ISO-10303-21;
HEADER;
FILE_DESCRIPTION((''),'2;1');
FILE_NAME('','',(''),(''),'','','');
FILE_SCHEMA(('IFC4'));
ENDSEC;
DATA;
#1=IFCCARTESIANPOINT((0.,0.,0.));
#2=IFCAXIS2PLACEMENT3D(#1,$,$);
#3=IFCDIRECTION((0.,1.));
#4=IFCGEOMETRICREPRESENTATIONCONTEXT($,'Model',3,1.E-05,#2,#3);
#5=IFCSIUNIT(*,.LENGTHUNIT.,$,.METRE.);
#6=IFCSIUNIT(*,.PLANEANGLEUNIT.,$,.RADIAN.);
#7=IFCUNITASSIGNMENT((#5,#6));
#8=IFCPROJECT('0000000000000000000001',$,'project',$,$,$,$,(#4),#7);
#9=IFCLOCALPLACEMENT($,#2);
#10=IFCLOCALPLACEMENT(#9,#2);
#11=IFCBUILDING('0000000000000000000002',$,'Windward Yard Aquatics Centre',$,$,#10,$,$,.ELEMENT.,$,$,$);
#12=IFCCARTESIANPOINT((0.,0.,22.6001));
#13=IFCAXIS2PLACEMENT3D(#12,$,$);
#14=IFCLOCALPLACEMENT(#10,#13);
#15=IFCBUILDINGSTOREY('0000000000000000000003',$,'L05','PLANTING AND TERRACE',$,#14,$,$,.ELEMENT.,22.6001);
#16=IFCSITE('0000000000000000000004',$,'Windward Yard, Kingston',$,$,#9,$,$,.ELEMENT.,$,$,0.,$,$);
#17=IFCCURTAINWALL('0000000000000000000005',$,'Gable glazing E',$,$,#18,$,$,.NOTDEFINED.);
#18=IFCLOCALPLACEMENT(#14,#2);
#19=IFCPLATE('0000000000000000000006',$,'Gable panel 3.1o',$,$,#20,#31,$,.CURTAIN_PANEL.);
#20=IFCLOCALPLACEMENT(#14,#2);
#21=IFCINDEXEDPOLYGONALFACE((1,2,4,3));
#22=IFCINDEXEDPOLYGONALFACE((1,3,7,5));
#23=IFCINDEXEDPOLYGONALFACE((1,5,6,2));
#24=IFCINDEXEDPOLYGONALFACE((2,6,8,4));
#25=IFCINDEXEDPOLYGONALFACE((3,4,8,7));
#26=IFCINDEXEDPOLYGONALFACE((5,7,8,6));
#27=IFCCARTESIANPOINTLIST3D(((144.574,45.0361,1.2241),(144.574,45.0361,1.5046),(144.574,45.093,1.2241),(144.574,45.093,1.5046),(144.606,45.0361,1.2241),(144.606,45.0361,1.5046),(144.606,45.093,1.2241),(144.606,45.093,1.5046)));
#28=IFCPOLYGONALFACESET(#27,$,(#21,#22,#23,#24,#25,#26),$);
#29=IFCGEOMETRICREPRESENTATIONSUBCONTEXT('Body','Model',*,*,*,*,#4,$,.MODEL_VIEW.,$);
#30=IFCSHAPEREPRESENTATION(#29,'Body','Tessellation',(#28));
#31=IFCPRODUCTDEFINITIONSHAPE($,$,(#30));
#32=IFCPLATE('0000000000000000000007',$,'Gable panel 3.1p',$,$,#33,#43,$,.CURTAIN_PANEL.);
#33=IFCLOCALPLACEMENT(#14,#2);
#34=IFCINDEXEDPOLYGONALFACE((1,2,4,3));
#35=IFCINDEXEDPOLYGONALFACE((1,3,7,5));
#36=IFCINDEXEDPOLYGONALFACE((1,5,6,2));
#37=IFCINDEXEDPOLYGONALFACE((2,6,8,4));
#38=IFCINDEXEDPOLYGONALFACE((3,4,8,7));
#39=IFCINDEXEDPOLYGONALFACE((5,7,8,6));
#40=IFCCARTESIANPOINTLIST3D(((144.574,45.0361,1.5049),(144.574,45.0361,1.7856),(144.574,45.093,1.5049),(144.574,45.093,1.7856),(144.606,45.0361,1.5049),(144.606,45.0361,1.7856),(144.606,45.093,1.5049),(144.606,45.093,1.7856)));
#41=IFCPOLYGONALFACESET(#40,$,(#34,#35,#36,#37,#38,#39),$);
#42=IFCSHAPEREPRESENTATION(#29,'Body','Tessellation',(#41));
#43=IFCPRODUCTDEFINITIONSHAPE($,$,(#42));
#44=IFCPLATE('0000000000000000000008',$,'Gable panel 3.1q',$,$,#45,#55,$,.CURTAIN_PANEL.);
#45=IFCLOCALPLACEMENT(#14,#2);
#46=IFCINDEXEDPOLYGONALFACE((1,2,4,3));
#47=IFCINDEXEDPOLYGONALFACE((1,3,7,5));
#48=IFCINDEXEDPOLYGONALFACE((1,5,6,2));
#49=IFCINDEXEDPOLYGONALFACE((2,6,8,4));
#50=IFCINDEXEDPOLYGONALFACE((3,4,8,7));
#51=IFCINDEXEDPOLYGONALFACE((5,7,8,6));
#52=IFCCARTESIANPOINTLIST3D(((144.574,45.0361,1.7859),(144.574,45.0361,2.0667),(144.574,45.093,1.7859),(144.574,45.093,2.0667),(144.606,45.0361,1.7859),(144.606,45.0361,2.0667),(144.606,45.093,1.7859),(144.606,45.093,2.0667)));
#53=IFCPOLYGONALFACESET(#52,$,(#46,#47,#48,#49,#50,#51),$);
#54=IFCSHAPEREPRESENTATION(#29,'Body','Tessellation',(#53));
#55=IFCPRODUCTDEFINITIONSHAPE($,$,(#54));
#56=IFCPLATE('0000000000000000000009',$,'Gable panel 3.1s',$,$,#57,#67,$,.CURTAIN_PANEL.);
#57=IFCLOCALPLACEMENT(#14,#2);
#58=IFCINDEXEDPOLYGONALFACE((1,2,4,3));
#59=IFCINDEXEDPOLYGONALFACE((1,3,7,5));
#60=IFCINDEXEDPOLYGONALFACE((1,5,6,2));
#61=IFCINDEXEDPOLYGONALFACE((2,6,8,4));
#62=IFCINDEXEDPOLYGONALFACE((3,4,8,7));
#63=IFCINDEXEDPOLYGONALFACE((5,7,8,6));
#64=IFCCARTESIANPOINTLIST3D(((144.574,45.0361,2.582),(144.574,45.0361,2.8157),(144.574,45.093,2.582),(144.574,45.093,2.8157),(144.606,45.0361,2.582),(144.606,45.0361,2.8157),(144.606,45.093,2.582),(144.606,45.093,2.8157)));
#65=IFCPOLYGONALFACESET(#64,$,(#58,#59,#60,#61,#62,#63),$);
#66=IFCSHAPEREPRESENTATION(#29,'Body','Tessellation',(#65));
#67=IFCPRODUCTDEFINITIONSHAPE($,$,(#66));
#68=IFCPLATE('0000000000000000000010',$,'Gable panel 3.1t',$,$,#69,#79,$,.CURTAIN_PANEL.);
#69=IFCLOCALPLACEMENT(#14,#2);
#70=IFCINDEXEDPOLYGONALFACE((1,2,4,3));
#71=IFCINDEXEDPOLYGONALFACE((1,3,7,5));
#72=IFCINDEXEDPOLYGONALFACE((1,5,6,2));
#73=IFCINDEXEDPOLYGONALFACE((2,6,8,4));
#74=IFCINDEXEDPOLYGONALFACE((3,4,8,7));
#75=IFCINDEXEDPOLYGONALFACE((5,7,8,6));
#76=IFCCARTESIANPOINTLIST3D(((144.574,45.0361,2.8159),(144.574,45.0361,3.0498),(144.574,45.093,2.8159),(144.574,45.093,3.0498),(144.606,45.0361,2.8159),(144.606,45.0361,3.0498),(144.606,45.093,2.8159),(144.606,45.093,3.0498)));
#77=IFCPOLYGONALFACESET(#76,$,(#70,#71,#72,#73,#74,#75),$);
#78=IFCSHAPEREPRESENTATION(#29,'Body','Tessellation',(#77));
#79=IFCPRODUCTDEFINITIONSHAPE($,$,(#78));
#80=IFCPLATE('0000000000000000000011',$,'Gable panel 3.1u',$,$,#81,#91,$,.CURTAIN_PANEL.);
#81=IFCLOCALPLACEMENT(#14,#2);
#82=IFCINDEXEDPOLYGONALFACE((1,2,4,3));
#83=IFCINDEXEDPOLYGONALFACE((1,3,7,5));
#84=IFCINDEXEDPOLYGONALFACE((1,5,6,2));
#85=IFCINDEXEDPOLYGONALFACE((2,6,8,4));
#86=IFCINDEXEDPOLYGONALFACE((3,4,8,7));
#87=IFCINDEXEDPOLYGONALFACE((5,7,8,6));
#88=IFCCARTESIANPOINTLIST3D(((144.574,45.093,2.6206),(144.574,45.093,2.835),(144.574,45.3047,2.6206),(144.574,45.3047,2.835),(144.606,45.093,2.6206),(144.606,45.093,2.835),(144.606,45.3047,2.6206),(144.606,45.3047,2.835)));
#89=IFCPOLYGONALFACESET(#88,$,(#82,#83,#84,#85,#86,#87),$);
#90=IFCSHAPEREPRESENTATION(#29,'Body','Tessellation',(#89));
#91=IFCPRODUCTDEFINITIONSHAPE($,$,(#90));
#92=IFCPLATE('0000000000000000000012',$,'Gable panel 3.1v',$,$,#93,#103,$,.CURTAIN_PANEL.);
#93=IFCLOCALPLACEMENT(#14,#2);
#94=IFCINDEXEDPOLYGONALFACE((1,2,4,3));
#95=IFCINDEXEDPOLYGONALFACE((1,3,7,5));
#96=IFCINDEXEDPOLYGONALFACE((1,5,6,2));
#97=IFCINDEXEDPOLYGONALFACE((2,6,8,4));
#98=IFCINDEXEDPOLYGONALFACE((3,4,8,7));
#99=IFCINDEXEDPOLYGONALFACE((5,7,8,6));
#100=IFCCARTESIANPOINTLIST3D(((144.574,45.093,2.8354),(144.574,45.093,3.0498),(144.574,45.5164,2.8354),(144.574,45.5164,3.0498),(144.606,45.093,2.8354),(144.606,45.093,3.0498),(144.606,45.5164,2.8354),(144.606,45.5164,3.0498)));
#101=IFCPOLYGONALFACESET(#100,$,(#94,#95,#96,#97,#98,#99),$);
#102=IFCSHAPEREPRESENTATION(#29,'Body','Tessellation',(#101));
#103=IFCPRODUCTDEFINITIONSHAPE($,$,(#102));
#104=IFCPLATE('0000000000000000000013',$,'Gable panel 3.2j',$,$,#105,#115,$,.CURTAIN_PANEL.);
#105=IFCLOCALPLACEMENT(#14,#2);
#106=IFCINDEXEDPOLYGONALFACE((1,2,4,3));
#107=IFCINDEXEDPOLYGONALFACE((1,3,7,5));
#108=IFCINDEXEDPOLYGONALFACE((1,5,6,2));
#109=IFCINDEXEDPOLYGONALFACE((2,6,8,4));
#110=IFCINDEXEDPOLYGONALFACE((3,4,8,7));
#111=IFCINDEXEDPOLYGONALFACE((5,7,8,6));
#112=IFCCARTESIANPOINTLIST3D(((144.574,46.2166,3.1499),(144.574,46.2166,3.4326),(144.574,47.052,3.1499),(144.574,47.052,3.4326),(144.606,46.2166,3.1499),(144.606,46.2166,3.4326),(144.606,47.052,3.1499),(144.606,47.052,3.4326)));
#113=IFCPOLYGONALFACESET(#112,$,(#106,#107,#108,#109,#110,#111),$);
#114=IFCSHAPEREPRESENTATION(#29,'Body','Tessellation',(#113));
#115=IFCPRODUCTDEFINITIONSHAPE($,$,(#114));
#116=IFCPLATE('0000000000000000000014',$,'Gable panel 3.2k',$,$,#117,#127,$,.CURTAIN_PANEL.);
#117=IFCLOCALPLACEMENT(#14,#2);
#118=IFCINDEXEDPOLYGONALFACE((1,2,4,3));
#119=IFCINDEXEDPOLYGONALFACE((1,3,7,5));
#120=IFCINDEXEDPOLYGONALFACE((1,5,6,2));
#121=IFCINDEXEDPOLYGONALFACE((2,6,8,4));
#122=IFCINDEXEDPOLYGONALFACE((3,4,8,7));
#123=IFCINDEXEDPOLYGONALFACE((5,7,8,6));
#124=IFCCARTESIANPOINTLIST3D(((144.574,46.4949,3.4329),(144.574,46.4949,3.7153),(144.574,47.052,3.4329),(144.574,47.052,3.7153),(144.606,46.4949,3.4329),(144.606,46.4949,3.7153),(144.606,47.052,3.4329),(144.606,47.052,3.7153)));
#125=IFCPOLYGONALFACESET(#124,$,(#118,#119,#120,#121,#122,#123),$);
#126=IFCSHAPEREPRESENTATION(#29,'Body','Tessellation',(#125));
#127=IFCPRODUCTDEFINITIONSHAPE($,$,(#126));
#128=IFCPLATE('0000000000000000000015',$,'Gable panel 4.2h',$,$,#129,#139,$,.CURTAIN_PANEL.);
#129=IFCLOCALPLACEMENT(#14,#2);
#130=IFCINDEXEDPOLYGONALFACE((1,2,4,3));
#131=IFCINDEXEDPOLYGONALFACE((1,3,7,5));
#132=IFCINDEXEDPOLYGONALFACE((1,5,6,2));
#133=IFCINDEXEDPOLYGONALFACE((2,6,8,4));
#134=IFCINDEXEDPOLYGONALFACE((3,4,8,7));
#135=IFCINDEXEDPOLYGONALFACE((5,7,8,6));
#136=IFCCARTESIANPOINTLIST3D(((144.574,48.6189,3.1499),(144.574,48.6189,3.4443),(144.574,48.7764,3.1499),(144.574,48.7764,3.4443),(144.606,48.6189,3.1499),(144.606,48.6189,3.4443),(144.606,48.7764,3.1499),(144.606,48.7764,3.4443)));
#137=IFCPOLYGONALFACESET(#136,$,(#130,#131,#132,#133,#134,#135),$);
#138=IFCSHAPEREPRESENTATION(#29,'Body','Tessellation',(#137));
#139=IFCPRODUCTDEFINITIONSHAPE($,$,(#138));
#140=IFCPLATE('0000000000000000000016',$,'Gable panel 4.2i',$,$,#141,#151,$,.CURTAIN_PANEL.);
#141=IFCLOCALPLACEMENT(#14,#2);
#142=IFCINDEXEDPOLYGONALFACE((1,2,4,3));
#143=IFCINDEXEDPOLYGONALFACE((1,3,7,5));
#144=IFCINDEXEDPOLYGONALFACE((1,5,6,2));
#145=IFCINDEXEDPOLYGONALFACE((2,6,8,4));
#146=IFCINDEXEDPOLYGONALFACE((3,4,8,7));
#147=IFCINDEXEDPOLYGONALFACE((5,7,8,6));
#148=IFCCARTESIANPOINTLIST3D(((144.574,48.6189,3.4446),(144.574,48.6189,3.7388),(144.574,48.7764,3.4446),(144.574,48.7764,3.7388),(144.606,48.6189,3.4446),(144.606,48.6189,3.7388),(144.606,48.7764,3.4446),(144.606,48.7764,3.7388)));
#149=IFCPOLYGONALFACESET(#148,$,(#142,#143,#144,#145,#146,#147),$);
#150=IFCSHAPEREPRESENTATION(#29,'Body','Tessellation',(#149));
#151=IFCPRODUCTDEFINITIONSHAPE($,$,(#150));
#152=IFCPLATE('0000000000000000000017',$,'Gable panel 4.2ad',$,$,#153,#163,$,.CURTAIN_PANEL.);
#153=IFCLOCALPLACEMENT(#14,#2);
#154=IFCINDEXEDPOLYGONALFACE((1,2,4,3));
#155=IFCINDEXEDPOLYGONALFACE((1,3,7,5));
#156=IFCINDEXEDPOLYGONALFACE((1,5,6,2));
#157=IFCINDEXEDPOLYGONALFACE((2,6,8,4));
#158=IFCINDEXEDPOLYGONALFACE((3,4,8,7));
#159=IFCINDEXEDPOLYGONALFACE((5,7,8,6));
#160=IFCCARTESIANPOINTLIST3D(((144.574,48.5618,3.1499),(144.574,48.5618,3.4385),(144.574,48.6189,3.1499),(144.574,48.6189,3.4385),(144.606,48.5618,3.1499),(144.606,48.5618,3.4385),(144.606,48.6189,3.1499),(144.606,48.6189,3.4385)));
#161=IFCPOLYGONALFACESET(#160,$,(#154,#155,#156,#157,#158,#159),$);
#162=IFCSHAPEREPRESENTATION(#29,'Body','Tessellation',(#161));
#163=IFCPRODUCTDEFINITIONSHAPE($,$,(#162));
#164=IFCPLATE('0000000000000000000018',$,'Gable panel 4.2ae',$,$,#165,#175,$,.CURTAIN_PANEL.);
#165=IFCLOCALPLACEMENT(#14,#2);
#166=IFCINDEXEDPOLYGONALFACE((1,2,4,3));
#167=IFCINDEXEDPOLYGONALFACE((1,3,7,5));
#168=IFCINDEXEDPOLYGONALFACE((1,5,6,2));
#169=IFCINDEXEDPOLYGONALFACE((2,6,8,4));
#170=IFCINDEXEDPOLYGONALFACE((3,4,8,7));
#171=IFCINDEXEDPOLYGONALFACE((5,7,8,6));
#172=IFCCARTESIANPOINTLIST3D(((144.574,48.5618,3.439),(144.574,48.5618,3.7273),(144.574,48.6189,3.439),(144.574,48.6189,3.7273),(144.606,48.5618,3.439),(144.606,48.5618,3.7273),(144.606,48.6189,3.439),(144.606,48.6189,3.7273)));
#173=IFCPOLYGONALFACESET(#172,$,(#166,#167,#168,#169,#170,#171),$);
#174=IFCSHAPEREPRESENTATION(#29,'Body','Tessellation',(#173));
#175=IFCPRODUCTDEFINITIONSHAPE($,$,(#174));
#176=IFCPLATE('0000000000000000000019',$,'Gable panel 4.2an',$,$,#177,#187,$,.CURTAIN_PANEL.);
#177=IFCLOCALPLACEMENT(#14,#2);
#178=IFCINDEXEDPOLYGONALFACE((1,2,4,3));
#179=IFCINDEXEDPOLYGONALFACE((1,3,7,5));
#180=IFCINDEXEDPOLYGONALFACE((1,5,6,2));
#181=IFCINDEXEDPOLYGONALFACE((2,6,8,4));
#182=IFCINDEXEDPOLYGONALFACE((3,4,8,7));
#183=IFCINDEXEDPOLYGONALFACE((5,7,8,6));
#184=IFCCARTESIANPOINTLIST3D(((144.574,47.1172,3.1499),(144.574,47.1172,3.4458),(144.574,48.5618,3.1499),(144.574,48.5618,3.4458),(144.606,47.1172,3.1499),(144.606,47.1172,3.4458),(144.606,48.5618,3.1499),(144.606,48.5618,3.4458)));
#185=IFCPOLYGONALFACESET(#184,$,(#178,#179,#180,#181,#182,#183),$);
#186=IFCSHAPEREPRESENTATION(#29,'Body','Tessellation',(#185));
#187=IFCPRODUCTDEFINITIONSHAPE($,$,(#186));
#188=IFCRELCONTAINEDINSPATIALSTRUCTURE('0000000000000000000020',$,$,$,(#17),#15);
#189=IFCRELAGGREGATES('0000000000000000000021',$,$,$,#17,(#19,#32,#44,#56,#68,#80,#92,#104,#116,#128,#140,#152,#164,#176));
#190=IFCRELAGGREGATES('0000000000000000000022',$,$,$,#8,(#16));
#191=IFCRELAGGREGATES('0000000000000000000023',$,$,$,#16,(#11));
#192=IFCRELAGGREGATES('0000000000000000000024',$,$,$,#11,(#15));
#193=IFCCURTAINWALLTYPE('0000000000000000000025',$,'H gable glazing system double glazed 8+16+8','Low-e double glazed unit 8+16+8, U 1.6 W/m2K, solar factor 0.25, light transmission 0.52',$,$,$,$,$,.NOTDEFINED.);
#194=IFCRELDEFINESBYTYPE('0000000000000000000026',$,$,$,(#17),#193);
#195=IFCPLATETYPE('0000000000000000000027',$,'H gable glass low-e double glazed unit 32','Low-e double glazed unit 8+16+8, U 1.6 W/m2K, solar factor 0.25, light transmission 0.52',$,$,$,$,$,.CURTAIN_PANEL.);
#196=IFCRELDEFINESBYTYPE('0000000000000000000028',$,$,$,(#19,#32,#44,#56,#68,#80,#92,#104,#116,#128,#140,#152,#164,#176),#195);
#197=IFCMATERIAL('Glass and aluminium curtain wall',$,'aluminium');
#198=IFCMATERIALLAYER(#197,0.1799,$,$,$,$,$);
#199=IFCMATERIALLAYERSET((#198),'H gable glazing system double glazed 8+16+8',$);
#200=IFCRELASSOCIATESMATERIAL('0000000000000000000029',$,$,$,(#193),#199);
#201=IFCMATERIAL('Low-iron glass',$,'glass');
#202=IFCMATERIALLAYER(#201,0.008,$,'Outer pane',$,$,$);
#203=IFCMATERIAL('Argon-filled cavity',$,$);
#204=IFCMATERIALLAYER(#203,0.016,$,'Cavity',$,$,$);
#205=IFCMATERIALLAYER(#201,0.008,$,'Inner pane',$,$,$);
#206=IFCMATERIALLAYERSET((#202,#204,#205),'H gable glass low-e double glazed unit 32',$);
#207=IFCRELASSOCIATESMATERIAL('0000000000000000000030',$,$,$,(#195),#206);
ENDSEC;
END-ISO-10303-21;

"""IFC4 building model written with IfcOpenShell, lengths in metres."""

from ifc_helpers import new_model, si_unit, direction, frame, origin, place, context, subcontext, project, spatial, polyline, outline, extrude, material, layer, layer_set, type_object, element, aggregate, save


model = new_model("IFC4")

# Units and contexts
model_context = context("Model", 3, precision=1e-05, world=origin(), true_north=direction((0.0, 1.0)))
body_context = subcontext(model_context, "Body", "Model", "MODEL_VIEW")
ifc_project = project(units=[si_unit("LENGTHUNIT", "METRE"), si_unit("PLANEANGLEUNIT", "RADIAN")], contexts=[model_context])

# Site, building, storey
site_placement = place(None, origin())
site = spatial("IfcSite", under=ifc_project, at=site_placement, Name="Windward Yard, Kingston", CompositionType="ELEMENT", RefElevation=0.0)
building_placement = place(site_placement, origin())
building = spatial("IfcBuilding", under=site, at=building_placement, Name="Windward Yard Aquatics Centre", CompositionType="ELEMENT")
storey_placement = place(building_placement, frame((0.0, 0.0, 22.6001)))
storey = spatial("IfcBuildingStorey", under=building, at=storey_placement, Name="L05", Description="PLANTING AND TERRACE", CompositionType="ELEMENT", Elevation=22.6001)

# Curtain wall, plates
ifc_material_1 = material(Name="Glass and aluminium curtain wall", Category="aluminium")
ifc_layer_1 = layer(ifc_material_1, 0.1799)
ifc_layer_set_1 = layer_set([ifc_layer_1], Name="H gable glazing system double glazed 8+16+8")
curtain_wall_type = type_object("IfcCurtainWallType", Name="H gable glazing system double glazed 8+16+8", Description="Low-e double glazed unit 8+16+8, U 1.6 W/m2K, solar factor 0.25, light transmission 0.52", PredefinedType="NOTDEFINED", material=ifc_layer_set_1)
curtain_wall_placement = place(storey_placement, origin())
curtain_wall = element("IfcCurtainWall", 1, at=curtain_wall_placement, inside=storey, type_object=curtain_wall_type, Name="Gable glazing E", PredefinedType="NOTDEFINED")
ifc_material_2 = material(Name="Low-iron glass", Category="glass")
ifc_layer_2 = layer(ifc_material_2, 0.008, Name="Outer pane")
ifc_material_3 = material(Name="Argon-filled cavity")
ifc_layer_3 = layer(ifc_material_3, 0.016, Name="Cavity")
ifc_layer_4 = layer(ifc_material_2, 0.008, Name="Inner pane")
ifc_layer_set_2 = layer_set([ifc_layer_2, ifc_layer_3, ifc_layer_4], Name="H gable glass low-e double glazed unit 32")
plate_type = type_object("IfcPlateType", Name="H gable glass low-e double glazed unit 32", Description="Low-e double glazed unit 8+16+8, U 1.6 W/m2K, solar factor 0.25, light transmission 0.52", PredefinedType="CURTAIN_PANEL", material=ifc_layer_set_2)
plate_1_placement = place(storey_placement, frame((144.606, 45.0361, 1.2241), z_axis=(1.0, 0.0, 0.0), x_axis=(0.0, 1.0, 0.0)))
plate_1 = element("IfcPlate", 2, at=plate_1_placement, type_object=plate_type, Name="Gable panel 3.1o", PredefinedType="CURTAIN_PANEL", context=body_context, shape_type="SweptSolid", body=[
    extrude(outline(polyline([(0.0, 0.0), (0.0569, 0.0), (0.0569, 0.2805), (0.0, 0.2805), (0.0, 0.0)])), origin(), (0.0, 0.0, -1.0), 0.032),
])
plate_2_placement = place(storey_placement, frame((144.606, 45.0361, 1.5049), z_axis=(1.0, 0.0, 0.0), x_axis=(0.0, 1.0, 0.0)))
plate_2 = element("IfcPlate", 3, at=plate_2_placement, type_object=plate_type, Name="Gable panel 3.1p", PredefinedType="CURTAIN_PANEL", context=body_context, shape_type="SweptSolid", body=[
    extrude(outline(polyline([(0.0, 0.0), (0.0569, 0.0), (0.0569, 0.2808), (0.0, 0.2808), (0.0, 0.0)])), origin(), (0.0, 0.0, -1.0), 0.032),
])
plate_3_placement = place(storey_placement, frame((144.606, 45.0361, 1.7859), z_axis=(1.0, 0.0, 0.0), x_axis=(0.0, 1.0, 0.0)))
plate_3 = element("IfcPlate", 4, at=plate_3_placement, type_object=plate_type, Name="Gable panel 3.1q", PredefinedType="CURTAIN_PANEL", context=body_context, shape_type="SweptSolid", body=[
    extrude(outline(polyline([(0.0, 0.0), (0.0569, 0.0), (0.0569, 0.2808), (0.0, 0.2808), (0.0, 0.0)])), origin(), (0.0, 0.0, -1.0), 0.032),
])
plate_4_placement = place(storey_placement, frame((144.606, 45.0361, 2.582), z_axis=(1.0, 0.0, 0.0), x_axis=(0.0, 1.0, 0.0)))
plate_4 = element("IfcPlate", 5, at=plate_4_placement, type_object=plate_type, Name="Gable panel 3.1s", PredefinedType="CURTAIN_PANEL", context=body_context, shape_type="SweptSolid", body=[
    extrude(outline(polyline([(0.0, 0.0), (0.0569, 0.0), (0.0569, 0.2336), (0.0, 0.2336), (0.0, 0.0)])), origin(), (0.0, 0.0, -1.0), 0.032),
])
plate_5_placement = place(storey_placement, frame((144.606, 45.0361, 2.8159), z_axis=(1.0, 0.0, 0.0), x_axis=(0.0, 1.0, 0.0)))
plate_5 = element("IfcPlate", 6, at=plate_5_placement, type_object=plate_type, Name="Gable panel 3.1t", PredefinedType="CURTAIN_PANEL", context=body_context, shape_type="SweptSolid", body=[
    extrude(outline(polyline([(0.0, 0.0), (0.0569, 0.0), (0.0569, 0.2339), (0.0, 0.2339), (0.0, 0.0)])), origin(), (0.0, 0.0, -1.0), 0.032),
])
plate_6_placement = place(storey_placement, frame((144.606, 45.093, 2.6206), z_axis=(1.0, 0.0, 0.0), x_axis=(0.0, 1.0, 0.0)))
plate_6 = element("IfcPlate", 7, at=plate_6_placement, type_object=plate_type, Name="Gable panel 3.1u", PredefinedType="CURTAIN_PANEL", context=body_context, shape_type="SweptSolid", body=[
    extrude(outline(polyline([(0.0, 0.0), (0.2117, 0.0), (0.2117, 0.2144), (0.0, 0.2144), (0.0, 0.0)])), origin(), (0.0, 0.0, -1.0), 0.032),
])
plate_7_placement = place(storey_placement, frame((144.606, 45.093, 2.8354), z_axis=(1.0, 0.0, 0.0), x_axis=(0.0, 1.0, 0.0)))
plate_7 = element("IfcPlate", 8, at=plate_7_placement, type_object=plate_type, Name="Gable panel 3.1v", PredefinedType="CURTAIN_PANEL", context=body_context, shape_type="SweptSolid", body=[
    extrude(outline(polyline([(0.0, 0.0), (0.4233, 0.0), (0.4233, 0.2144), (0.0, 0.2144), (0.0, 0.0)])), origin(), (0.0, 0.0, -1.0), 0.032),
])
plate_8_placement = place(storey_placement, frame((144.606, 46.2166, 3.1499), z_axis=(1.0, 0.0, 0.0), x_axis=(0.0, 1.0, 0.0)))
plate_8 = element("IfcPlate", 9, at=plate_8_placement, type_object=plate_type, Name="Gable panel 3.2j", PredefinedType="CURTAIN_PANEL", context=body_context, shape_type="SweptSolid", body=[
    extrude(outline(polyline([(0.0, 0.0), (0.8354, 0.0), (0.8354, 0.2827), (0.0, 0.2827), (0.0, 0.0)])), origin(), (0.0, 0.0, -1.0), 0.032),
])
plate_9_placement = place(storey_placement, frame((144.606, 46.4949, 3.4329), z_axis=(1.0, 0.0, 0.0), x_axis=(0.0, 1.0, 0.0)))
plate_9 = element("IfcPlate", 10, at=plate_9_placement, type_object=plate_type, Name="Gable panel 3.2k", PredefinedType="CURTAIN_PANEL", context=body_context, shape_type="SweptSolid", body=[
    extrude(outline(polyline([(0.0, 0.0), (0.5571, 0.0), (0.5571, 0.2825), (0.0, 0.2825), (0.0, 0.0)])), origin(), (0.0, 0.0, -1.0), 0.032),
])
plate_10_placement = place(storey_placement, frame((144.606, 48.6189, 3.1499), z_axis=(1.0, 0.0, 0.0), x_axis=(0.0, 1.0, 0.0)))
plate_10 = element("IfcPlate", 11, at=plate_10_placement, type_object=plate_type, Name="Gable panel 4.2h", PredefinedType="CURTAIN_PANEL", context=body_context, shape_type="SweptSolid", body=[
    extrude(outline(polyline([(0.0, 0.0), (0.1575, 0.0), (0.1575, 0.2944), (0.0, 0.2944), (0.0, 0.0)])), origin(), (0.0, 0.0, -1.0), 0.032),
])
plate_11_placement = place(storey_placement, frame((144.606, 48.6189, 3.4446), z_axis=(1.0, 0.0, 0.0), x_axis=(0.0, 1.0, 0.0)))
plate_11 = element("IfcPlate", 12, at=plate_11_placement, type_object=plate_type, Name="Gable panel 4.2i", PredefinedType="CURTAIN_PANEL", context=body_context, shape_type="SweptSolid", body=[
    extrude(outline(polyline([(0.0, 0.0), (0.1575, 0.0), (0.1575, 0.2942), (0.0, 0.2942), (0.0, 0.0)])), origin(), (0.0, 0.0, -1.0), 0.032),
])
plate_12_placement = place(storey_placement, frame((144.606, 48.5618, 3.1499), z_axis=(1.0, 0.0, 0.0), x_axis=(0.0, 1.0, 0.0)))
plate_12 = element("IfcPlate", 13, at=plate_12_placement, type_object=plate_type, Name="Gable panel 4.2ad", PredefinedType="CURTAIN_PANEL", context=body_context, shape_type="SweptSolid", body=[
    extrude(outline(polyline([(0.0, 0.0), (0.0571, 0.0), (0.0571, 0.2886), (0.0, 0.2886), (0.0, 0.0)])), origin(), (0.0, 0.0, -1.0), 0.032),
])
plate_13_placement = place(storey_placement, frame((144.606, 48.5618, 3.439), z_axis=(1.0, 0.0, 0.0), x_axis=(0.0, 1.0, 0.0)))
plate_13 = element("IfcPlate", 14, at=plate_13_placement, type_object=plate_type, Name="Gable panel 4.2ae", PredefinedType="CURTAIN_PANEL", context=body_context, shape_type="SweptSolid", body=[
    extrude(outline(polyline([(0.0, 0.0), (0.0571, 0.0), (0.0571, 0.2883), (0.0, 0.2883), (0.0, 0.0)])), origin(), (0.0, 0.0, -1.0), 0.032),
])
plate_14_placement = place(storey_placement, frame((144.606, 47.1172, 3.1499), z_axis=(1.0, 0.0, 0.0), x_axis=(0.0, 1.0, 0.0)))
plate_14 = element("IfcPlate", 15, at=plate_14_placement, type_object=plate_type, Name="Gable panel 4.2an", PredefinedType="CURTAIN_PANEL", context=body_context, shape_type="SweptSolid", body=[
    extrude(outline(polyline([(0.0, 0.0), (1.4446, 0.0), (1.4446, 0.2959), (0.0, 0.2959), (0.0, 0.0)])), origin(), (0.0, 0.0, -1.0), 0.032),
])
aggregate(curtain_wall, [plate_1, plate_2, plate_3, plate_4, plate_5, plate_6, plate_7, plate_8, plate_9, plate_10, plate_11, plate_12, plate_13, plate_14])

save(model, "model.ifc")
